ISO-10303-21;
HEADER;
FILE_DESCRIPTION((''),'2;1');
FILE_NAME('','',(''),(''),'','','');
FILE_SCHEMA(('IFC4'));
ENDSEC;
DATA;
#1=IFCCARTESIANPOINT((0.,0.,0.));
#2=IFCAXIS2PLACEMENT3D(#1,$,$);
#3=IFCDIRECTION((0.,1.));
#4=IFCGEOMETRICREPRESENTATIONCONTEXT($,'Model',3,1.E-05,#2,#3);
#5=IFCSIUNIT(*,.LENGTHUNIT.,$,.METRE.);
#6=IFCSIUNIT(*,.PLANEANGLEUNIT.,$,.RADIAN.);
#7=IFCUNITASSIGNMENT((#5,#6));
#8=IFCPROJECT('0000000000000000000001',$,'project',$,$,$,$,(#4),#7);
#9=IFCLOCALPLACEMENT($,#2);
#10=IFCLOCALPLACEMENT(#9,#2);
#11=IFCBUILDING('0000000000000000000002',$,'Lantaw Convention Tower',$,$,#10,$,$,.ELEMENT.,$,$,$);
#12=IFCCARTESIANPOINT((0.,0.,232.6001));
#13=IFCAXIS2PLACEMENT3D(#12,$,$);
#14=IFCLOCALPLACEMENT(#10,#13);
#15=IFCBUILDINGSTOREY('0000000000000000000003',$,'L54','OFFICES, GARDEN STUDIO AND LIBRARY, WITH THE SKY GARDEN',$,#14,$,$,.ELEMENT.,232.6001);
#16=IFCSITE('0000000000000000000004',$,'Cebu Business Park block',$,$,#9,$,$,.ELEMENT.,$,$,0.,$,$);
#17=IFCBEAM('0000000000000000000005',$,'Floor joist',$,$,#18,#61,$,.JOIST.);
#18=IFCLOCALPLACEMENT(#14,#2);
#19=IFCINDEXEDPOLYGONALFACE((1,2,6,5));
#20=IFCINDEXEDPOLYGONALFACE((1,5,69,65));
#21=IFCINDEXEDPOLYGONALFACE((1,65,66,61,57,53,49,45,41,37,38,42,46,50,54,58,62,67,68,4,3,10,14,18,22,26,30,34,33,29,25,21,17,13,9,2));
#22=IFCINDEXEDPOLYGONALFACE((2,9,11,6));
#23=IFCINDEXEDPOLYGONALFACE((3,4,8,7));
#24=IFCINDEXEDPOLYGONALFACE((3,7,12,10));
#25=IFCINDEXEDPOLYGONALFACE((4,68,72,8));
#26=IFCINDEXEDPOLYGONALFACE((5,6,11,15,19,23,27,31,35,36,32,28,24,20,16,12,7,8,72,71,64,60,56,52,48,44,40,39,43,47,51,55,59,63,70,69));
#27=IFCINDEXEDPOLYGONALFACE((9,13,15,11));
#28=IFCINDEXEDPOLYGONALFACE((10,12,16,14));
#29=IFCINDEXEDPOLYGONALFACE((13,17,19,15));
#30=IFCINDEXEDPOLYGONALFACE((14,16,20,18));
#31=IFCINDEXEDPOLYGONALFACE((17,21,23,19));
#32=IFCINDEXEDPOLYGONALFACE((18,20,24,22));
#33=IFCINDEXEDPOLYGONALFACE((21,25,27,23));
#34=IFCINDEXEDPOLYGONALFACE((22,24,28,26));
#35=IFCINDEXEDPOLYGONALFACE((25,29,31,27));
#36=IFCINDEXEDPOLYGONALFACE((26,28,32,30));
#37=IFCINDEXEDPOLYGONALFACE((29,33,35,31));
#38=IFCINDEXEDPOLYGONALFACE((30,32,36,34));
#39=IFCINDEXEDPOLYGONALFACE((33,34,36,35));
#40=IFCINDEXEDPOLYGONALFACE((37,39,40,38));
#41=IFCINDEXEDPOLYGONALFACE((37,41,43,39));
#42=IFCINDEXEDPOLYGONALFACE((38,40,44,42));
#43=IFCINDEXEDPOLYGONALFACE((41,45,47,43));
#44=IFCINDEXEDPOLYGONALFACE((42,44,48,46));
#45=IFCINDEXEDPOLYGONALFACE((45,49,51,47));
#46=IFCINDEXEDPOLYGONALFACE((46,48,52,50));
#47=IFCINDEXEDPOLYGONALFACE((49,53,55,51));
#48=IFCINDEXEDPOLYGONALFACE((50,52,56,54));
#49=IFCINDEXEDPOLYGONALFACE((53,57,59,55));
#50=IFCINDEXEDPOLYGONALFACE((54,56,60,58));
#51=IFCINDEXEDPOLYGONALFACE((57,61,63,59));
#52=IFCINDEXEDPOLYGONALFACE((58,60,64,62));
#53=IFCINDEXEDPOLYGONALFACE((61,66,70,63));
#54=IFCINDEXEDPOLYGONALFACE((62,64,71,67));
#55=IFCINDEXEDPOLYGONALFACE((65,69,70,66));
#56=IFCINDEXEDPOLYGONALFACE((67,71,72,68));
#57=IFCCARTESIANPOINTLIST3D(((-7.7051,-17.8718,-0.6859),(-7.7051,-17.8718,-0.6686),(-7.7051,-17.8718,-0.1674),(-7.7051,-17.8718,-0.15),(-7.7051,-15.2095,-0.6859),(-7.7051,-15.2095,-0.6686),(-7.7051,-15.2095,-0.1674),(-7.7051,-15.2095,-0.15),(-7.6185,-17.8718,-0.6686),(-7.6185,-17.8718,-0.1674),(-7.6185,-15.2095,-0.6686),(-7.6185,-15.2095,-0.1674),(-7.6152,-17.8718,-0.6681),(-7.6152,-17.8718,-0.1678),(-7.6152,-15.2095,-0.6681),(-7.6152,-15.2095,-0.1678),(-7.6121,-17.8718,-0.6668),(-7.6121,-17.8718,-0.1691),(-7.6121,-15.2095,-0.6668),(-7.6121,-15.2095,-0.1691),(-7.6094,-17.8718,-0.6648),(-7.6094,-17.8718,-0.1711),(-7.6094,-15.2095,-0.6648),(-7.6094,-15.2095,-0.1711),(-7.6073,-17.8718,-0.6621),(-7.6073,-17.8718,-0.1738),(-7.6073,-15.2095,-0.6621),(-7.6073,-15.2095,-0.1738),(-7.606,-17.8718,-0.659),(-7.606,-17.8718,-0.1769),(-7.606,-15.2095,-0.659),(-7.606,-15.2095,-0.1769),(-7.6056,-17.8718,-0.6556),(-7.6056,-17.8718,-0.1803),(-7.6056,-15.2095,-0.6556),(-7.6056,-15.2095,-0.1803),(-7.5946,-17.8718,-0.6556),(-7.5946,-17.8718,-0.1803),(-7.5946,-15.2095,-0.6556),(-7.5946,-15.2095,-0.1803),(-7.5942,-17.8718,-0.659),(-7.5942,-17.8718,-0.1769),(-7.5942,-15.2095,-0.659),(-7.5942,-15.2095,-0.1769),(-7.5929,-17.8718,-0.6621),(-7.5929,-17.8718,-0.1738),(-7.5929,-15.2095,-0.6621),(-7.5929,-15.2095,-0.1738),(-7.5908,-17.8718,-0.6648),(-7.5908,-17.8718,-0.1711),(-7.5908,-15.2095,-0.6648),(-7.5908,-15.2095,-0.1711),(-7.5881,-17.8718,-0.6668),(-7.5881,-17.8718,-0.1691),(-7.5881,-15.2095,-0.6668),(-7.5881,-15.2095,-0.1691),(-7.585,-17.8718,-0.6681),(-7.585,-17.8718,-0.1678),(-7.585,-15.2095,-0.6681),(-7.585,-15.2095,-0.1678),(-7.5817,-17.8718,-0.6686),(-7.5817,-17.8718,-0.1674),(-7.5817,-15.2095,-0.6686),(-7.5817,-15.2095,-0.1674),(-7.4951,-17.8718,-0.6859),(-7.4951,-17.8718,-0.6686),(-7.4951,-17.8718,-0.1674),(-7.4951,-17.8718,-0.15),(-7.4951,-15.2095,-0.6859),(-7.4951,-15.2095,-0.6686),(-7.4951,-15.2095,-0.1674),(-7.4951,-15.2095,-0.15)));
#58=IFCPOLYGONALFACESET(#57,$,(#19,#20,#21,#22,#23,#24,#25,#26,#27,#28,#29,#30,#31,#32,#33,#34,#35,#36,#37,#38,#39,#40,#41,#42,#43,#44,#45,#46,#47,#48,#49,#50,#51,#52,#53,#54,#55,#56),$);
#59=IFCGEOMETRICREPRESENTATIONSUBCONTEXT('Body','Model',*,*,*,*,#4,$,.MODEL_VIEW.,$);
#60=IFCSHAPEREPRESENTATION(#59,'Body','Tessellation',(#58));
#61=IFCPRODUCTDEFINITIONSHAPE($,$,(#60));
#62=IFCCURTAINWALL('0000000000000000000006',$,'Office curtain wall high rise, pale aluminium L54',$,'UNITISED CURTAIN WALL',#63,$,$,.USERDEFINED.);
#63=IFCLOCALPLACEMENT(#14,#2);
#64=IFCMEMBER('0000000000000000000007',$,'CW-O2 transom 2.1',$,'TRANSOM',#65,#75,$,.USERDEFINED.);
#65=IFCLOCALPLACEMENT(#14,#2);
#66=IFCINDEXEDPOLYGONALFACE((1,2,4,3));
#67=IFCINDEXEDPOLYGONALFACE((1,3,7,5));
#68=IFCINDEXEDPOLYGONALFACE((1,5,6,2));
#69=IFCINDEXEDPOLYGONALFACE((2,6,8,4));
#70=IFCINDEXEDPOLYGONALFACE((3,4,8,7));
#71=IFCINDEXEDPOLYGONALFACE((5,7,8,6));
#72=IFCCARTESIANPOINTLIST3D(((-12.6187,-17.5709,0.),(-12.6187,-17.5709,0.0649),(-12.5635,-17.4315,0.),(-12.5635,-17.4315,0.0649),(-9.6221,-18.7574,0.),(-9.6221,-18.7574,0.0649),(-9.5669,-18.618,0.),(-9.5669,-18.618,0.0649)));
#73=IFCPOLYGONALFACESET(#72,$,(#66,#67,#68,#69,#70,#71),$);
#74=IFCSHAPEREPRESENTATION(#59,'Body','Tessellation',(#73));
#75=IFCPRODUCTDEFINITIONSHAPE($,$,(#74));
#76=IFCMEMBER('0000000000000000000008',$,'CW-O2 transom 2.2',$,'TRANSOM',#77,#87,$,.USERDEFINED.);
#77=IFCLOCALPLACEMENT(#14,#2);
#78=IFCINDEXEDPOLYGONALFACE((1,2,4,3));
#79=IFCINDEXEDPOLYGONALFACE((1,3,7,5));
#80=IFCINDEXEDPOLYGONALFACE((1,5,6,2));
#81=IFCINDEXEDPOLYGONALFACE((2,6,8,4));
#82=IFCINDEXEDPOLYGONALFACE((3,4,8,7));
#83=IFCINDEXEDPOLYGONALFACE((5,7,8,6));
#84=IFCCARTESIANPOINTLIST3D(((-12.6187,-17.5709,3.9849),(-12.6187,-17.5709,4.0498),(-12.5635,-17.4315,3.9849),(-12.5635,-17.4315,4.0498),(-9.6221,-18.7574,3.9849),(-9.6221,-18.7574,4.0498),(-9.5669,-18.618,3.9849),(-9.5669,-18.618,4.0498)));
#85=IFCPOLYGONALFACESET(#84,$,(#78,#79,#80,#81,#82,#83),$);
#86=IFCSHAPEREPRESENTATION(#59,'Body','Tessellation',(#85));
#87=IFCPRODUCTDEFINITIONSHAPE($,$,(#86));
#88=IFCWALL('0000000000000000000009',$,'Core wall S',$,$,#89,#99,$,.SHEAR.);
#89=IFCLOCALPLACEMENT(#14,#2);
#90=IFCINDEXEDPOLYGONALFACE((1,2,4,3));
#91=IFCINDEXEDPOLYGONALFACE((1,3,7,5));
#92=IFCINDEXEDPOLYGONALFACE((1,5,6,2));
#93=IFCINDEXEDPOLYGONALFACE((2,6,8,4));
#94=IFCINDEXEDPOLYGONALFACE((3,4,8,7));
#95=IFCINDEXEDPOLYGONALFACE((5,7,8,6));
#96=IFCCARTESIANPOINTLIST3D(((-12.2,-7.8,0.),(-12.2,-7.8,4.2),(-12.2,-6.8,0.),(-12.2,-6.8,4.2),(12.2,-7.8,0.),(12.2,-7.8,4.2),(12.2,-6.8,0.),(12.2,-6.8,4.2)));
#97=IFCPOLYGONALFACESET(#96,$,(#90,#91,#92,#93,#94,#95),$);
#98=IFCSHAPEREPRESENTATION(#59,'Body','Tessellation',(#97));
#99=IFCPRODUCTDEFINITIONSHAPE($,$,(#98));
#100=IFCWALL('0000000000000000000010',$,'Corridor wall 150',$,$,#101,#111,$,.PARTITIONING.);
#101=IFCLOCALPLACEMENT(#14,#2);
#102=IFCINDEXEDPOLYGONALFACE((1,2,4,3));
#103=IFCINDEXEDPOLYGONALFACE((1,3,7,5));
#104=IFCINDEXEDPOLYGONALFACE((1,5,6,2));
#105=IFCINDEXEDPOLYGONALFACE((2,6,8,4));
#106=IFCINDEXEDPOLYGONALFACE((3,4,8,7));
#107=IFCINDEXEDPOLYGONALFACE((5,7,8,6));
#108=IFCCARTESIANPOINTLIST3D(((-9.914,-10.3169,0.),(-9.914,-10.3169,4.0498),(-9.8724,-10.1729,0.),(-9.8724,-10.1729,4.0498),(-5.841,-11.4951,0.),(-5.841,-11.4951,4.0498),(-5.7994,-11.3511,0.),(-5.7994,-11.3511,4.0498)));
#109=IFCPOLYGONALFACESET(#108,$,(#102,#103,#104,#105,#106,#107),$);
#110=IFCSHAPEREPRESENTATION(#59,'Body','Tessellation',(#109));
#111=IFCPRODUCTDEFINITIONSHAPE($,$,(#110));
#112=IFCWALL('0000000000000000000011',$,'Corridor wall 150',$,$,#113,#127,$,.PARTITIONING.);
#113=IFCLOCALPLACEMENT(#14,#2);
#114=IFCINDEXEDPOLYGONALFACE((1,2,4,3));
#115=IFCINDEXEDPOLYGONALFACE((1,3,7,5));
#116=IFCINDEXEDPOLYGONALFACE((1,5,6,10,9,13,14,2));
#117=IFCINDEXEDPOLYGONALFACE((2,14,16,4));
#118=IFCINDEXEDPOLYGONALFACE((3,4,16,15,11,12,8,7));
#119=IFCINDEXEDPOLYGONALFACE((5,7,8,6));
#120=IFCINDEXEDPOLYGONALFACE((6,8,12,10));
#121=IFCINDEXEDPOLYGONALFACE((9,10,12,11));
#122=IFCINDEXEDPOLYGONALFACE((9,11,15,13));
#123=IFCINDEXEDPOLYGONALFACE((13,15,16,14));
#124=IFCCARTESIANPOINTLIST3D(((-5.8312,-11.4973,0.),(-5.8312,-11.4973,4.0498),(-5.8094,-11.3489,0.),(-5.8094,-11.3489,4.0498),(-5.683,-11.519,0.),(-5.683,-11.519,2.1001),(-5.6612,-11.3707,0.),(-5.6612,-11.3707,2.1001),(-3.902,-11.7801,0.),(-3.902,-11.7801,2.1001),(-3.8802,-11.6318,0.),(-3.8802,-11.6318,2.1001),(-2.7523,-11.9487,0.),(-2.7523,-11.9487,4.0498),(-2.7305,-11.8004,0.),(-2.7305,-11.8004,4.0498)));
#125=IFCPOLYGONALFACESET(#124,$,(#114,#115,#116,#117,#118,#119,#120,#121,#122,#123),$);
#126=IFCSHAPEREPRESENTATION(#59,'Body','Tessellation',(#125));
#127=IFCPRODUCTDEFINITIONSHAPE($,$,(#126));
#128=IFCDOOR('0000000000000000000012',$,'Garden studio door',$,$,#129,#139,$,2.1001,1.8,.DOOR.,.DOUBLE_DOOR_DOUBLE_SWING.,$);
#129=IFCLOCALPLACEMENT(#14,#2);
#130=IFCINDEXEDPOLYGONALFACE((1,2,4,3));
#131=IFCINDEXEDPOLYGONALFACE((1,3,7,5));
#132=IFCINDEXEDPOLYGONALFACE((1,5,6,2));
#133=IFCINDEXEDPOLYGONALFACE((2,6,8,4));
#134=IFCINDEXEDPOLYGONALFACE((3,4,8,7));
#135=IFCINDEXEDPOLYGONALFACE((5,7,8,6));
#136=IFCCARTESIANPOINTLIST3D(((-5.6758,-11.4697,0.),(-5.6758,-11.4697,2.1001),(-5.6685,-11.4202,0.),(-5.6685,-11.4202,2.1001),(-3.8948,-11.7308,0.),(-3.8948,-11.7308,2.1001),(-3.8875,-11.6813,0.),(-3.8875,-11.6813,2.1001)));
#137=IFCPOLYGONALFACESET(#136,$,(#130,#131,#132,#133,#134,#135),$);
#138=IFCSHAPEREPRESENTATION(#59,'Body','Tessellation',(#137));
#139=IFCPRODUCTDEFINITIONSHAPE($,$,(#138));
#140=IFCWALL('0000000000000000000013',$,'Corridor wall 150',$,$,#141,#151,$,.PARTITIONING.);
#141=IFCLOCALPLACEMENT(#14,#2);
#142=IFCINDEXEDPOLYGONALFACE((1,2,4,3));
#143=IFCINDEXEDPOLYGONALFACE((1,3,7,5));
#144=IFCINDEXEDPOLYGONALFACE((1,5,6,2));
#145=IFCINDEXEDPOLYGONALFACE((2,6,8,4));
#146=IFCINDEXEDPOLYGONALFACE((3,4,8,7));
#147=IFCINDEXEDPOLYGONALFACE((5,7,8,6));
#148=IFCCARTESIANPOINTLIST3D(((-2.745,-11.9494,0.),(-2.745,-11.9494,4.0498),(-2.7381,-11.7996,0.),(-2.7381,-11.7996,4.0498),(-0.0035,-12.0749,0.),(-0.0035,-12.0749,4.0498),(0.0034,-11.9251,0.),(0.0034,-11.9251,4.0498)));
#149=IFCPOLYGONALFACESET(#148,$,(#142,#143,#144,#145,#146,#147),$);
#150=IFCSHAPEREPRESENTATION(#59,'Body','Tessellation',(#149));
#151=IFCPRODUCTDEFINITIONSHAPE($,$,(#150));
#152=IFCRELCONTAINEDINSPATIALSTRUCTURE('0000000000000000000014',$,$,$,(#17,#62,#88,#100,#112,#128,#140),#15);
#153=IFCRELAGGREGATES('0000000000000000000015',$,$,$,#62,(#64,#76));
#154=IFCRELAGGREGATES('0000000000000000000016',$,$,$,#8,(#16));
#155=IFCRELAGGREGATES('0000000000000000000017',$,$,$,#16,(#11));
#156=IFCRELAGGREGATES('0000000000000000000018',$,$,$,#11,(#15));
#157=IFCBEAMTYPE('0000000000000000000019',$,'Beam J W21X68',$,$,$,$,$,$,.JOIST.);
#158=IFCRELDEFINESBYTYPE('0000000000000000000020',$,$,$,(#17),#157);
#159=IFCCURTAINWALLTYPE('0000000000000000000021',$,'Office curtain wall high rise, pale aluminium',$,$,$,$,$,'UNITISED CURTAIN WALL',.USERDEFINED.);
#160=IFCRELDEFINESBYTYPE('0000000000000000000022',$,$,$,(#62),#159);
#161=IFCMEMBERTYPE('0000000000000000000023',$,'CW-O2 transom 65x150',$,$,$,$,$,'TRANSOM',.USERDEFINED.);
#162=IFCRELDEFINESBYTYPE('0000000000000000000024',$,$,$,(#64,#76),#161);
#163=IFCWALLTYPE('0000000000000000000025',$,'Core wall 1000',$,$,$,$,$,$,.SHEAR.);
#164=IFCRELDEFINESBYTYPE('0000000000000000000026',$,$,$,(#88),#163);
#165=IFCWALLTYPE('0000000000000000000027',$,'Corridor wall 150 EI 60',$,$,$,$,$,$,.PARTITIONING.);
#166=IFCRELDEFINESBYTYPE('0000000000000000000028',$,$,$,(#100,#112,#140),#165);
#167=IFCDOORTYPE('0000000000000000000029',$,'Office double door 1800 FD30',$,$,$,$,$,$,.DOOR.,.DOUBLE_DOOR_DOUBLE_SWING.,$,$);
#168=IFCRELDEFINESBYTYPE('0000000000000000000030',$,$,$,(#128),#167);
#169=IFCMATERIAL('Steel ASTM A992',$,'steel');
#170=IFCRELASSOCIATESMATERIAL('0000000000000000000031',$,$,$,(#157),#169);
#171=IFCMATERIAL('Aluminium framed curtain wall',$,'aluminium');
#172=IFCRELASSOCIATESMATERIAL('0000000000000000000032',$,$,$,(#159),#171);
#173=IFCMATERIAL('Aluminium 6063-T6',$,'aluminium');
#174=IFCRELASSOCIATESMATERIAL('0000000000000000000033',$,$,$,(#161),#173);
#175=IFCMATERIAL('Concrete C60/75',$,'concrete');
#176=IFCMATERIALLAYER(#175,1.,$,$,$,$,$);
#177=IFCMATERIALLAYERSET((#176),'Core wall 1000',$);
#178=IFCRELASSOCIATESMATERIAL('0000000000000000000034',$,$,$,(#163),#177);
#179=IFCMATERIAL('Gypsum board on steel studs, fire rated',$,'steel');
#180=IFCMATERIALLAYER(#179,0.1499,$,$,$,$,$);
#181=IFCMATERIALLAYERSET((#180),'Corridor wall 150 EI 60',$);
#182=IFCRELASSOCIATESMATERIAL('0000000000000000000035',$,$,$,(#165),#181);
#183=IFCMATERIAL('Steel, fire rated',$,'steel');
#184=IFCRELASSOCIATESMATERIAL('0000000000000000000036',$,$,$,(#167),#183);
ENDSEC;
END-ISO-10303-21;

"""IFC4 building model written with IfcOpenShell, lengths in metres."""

from ifc_helpers import new_model, si_unit, direction, frame, frame_2d, origin, origin_2d, place, context, subcontext, project, spatial, rectangle, i_section, extrude, material, layer, layer_set, material_profile, profile_set, type_object, element, fill, aggregate, save


model = new_model("IFC4")

# Units and contexts
model_context = context("Model", 3, precision=1e-05, world=origin(), true_north=direction((0.0, 1.0)))
body_context = subcontext(model_context, "Body", "Model", "MODEL_VIEW")
ifc_project = project(units=[si_unit("LENGTHUNIT", "METRE"), si_unit("PLANEANGLEUNIT", "RADIAN")], contexts=[model_context])

# Site, building, storey
site_placement = place(None, origin())
site = spatial("IfcSite", under=ifc_project, at=site_placement, Name="Cebu Business Park block", CompositionType="ELEMENT", RefElevation=0.0)
building_placement = place(site_placement, origin())
building = spatial("IfcBuilding", under=site, at=building_placement, Name="Lantaw Convention Tower", CompositionType="ELEMENT")
storey_placement = place(building_placement, frame((0.0, 0.0, 232.6001)))
storey = spatial("IfcBuildingStorey", under=building, at=storey_placement, Name="L54", Description="OFFICES, GARDEN STUDIO AND LIBRARY, WITH THE SKY GARDEN", CompositionType="ELEMENT", Elevation=232.6001)

# Shared definitions
ifc_material_1 = material(Name="Concrete C60/75", Category="concrete")

# Beam
ifc_material_2 = material(Name="Steel ASTM A992", Category="steel")
ifc_material_profile_1 = material_profile(ifc_material_2, i_section(OverallWidth=0.21, OverallDepth=0.5359, WebThickness=0.011, FlangeThickness=0.0173, FilletRadius=0.0129, at=origin_2d()), Name="W21X68")
ifc_profile_set_1 = profile_set([ifc_material_profile_1], Name="Steel ASTM A992")
beam_type_1 = type_object("IfcBeamType", Name="Beam J W21X68", PredefinedType="JOIST", material=ifc_profile_set_1)
beam_1_placement = place(storey_placement, frame((-7.6001, -17.8718, -0.418), z_axis=(0.0, 1.0, 0.0), x_axis=(-1.0, 0.0, 0.0)))
element("IfcBeam", 1, at=beam_1_placement, inside=storey, type_object=beam_type_1, Name="Floor joist", PredefinedType="JOIST", context=body_context, shape_type="SweptSolid", body=[
    extrude(i_section(OverallWidth=0.21, OverallDepth=0.5359, WebThickness=0.011, FlangeThickness=0.0173, FilletRadius=0.0129, at=origin_2d()), origin(), (0.0, 0.0, 1.0), 2.6624),
])

# Curtain wall, members
ifc_material_3 = material(Name="Aluminium framed curtain wall", Category="aluminium")
curtain_wall_type = type_object("IfcCurtainWallType", Name="Office curtain wall high rise, pale aluminium", ElementType="UNITISED CURTAIN WALL", PredefinedType="USERDEFINED", material=ifc_material_3)
curtain_wall_placement = place(storey_placement, origin())
curtain_wall = element("IfcCurtainWall", 2, at=curtain_wall_placement, inside=storey, type_object=curtain_wall_type, Name="Office curtain wall high rise, pale aluminium L54", ObjectType="UNITISED CURTAIN WALL", PredefinedType="USERDEFINED")
ifc_material_4 = material(Name="Aluminium 6063-T6", Category="aluminium")
ifc_material_profile_2 = material_profile(ifc_material_4, rectangle(XDim=0.1499, YDim=0.0649, at=origin_2d()), Name="CW-O2 transom 65x150")
ifc_profile_set_2 = profile_set([ifc_material_profile_2], Name="Aluminium 6063-T6")
member_type = type_object("IfcMemberType", Name="CW-O2 transom 65x150", ElementType="TRANSOM", PredefinedType="USERDEFINED", material=ifc_profile_set_2)
member_1_placement = place(storey_placement, frame((-12.5911, -17.5012, 0.0325), z_axis=(0.929767, -0.368149, 0.0), x_axis=(0.368149, 0.929767, 0.0)))
member_1 = element("IfcMember", 3, at=member_1_placement, type_object=member_type, Name="CW-O2 transom 2.1", ObjectType="TRANSOM", PredefinedType="USERDEFINED", context=body_context, shape_type="SweptSolid", body=[
    extrude(rectangle(XDim=0.1499, YDim=0.0649, at=origin_2d()), origin(), (0.0, 0.0, 1.0), 3.2229),
])
member_2_placement = place(storey_placement, frame((-12.5911, -17.5012, 4.0173), z_axis=(0.929767, -0.368149, 0.0), x_axis=(0.368149, 0.929767, 0.0)))
member_2 = element("IfcMember", 4, at=member_2_placement, type_object=member_type, Name="CW-O2 transom 2.2", ObjectType="TRANSOM", PredefinedType="USERDEFINED", context=body_context, shape_type="SweptSolid", body=[
    extrude(rectangle(XDim=0.1499, YDim=0.0649, at=origin_2d()), origin(), (0.0, 0.0, 1.0), 3.2229),
])
aggregate(curtain_wall, [member_1, member_2])

# Walls
ifc_layer_1 = layer(ifc_material_1, 1.0)
ifc_layer_set_1 = layer_set([ifc_layer_1], Name="Core wall 1000")
wall_type_1 = type_object("IfcWallType", Name="Core wall 1000", PredefinedType="SHEAR", material=ifc_layer_set_1)
wall_1_placement = place(storey_placement, frame((-12.2, -7.3, 0.0), z_axis=(0.0, 0.0, 1.0), x_axis=(1.0, 0.0, 0.0)))
element("IfcWall", 5, at=wall_1_placement, inside=storey, type_object=wall_type_1, Name="Core wall S", PredefinedType="SHEAR", context=body_context, shape_type="SweptSolid", body=[
    extrude(rectangle(XDim=24.3999, YDim=1.0, at=frame_2d((12.2, 0.0))), origin(), (0.0, 0.0, 1.0), 4.2),
])
ifc_material_5 = material(Name="Gypsum board on steel studs, fire rated", Category="steel")
ifc_layer_2 = layer(ifc_material_5, 0.1499)
ifc_layer_set_2 = layer_set([ifc_layer_2], Name="Corridor wall 150 EI 60")
wall_type_2 = type_object("IfcWallType", Name="Corridor wall 150 EI 60", PredefinedType="PARTITIONING", material=ifc_layer_set_2)
wall_2_placement = place(storey_placement, frame((-9.8933, -10.2449, 0.0), z_axis=(0.0, 0.0, 1.0), x_axis=(0.960615, -0.277883, 0.0)))
element("IfcWall", 6, at=wall_2_placement, inside=storey, type_object=wall_type_2, Name="Corridor wall 150", PredefinedType="PARTITIONING", context=body_context, shape_type="SweptSolid", body=[
    extrude(rectangle(XDim=4.24, YDim=0.1499, at=frame_2d((2.1201, 0.0))), origin(), (0.0, 0.0, 1.0), 4.0498),
])

# Wall, opening, door
wall_3_placement = place(storey_placement, frame((-5.8203, -11.4231, 0.0), z_axis=(0.0, 0.0, 1.0), x_axis=(0.989422, -0.145067, 0.0)))
wall_3 = element("IfcWall", 7, at=wall_3_placement, inside=storey, type_object=wall_type_2, Name="Corridor wall 150", PredefinedType="PARTITIONING", context=body_context, shape_type="SweptSolid", body=[
    extrude(rectangle(XDim=3.1118, YDim=0.1499, at=frame_2d((1.5559, 0.0))), origin(), (0.0, 0.0, 1.0), 4.0498),
])
opening_placement = place(wall_3_placement, frame((0.1499, 0.0, 0.0)))
opening = element("IfcOpeningElement", 8, at=opening_placement, cuts=wall_3, PredefinedType="OPENING", context=body_context, shape_type="SweptSolid", body=[
    extrude(rectangle(XDim=1.8, YDim=2.1001, at=frame_2d((0.8999, 1.05))), frame((0.0, 0.085, 0.0), z_axis=(0.0, -1.0, 0.0), x_axis=(1.0, 0.0, 0.0)), (0.0, 0.0, 1.0), 0.1699),
])
ifc_material_6 = material(Name="Steel, fire rated", Category="steel")
door_type = type_object("IfcDoorType", Name="Office double door 1800 FD30", OperationType="DOUBLE_DOOR_DOUBLE_SWING", PredefinedType="DOOR", material=ifc_material_6)
door_placement = place(opening_placement, origin())
door = element("IfcDoor", 9, at=door_placement, inside=storey, type_object=door_type, Name="Garden studio door", OperationType="DOUBLE_DOOR_DOUBLE_SWING", OverallHeight=2.1001, OverallWidth=1.8, PredefinedType="DOOR", context=body_context, shape_type="SweptSolid", body=[
    extrude(rectangle(XDim=1.8, YDim=2.1001, at=frame_2d((0.8999, 1.05))), frame((0.0, 0.0249, 0.0), z_axis=(0.0, -1.0, 0.0), x_axis=(1.0, 0.0, 0.0)), (0.0, 0.0, 1.0), 0.05),
])
fill(opening, door)

# Wall
wall_4_placement = place(storey_placement, frame((-2.7415, -11.8745, 0.0), z_axis=(0.0, 0.0, 1.0), x_axis=(0.998954, -0.045726, 0.0)))
element("IfcWall", 10, at=wall_4_placement, inside=storey, type_object=wall_type_2, Name="Corridor wall 150", PredefinedType="PARTITIONING", context=body_context, shape_type="SweptSolid", body=[
    extrude(rectangle(XDim=2.7444, YDim=0.1499, at=frame_2d((1.3721, 0.0))), origin(), (0.0, 0.0, 1.0), 4.0498),
])

save(model, "model.ifc")
